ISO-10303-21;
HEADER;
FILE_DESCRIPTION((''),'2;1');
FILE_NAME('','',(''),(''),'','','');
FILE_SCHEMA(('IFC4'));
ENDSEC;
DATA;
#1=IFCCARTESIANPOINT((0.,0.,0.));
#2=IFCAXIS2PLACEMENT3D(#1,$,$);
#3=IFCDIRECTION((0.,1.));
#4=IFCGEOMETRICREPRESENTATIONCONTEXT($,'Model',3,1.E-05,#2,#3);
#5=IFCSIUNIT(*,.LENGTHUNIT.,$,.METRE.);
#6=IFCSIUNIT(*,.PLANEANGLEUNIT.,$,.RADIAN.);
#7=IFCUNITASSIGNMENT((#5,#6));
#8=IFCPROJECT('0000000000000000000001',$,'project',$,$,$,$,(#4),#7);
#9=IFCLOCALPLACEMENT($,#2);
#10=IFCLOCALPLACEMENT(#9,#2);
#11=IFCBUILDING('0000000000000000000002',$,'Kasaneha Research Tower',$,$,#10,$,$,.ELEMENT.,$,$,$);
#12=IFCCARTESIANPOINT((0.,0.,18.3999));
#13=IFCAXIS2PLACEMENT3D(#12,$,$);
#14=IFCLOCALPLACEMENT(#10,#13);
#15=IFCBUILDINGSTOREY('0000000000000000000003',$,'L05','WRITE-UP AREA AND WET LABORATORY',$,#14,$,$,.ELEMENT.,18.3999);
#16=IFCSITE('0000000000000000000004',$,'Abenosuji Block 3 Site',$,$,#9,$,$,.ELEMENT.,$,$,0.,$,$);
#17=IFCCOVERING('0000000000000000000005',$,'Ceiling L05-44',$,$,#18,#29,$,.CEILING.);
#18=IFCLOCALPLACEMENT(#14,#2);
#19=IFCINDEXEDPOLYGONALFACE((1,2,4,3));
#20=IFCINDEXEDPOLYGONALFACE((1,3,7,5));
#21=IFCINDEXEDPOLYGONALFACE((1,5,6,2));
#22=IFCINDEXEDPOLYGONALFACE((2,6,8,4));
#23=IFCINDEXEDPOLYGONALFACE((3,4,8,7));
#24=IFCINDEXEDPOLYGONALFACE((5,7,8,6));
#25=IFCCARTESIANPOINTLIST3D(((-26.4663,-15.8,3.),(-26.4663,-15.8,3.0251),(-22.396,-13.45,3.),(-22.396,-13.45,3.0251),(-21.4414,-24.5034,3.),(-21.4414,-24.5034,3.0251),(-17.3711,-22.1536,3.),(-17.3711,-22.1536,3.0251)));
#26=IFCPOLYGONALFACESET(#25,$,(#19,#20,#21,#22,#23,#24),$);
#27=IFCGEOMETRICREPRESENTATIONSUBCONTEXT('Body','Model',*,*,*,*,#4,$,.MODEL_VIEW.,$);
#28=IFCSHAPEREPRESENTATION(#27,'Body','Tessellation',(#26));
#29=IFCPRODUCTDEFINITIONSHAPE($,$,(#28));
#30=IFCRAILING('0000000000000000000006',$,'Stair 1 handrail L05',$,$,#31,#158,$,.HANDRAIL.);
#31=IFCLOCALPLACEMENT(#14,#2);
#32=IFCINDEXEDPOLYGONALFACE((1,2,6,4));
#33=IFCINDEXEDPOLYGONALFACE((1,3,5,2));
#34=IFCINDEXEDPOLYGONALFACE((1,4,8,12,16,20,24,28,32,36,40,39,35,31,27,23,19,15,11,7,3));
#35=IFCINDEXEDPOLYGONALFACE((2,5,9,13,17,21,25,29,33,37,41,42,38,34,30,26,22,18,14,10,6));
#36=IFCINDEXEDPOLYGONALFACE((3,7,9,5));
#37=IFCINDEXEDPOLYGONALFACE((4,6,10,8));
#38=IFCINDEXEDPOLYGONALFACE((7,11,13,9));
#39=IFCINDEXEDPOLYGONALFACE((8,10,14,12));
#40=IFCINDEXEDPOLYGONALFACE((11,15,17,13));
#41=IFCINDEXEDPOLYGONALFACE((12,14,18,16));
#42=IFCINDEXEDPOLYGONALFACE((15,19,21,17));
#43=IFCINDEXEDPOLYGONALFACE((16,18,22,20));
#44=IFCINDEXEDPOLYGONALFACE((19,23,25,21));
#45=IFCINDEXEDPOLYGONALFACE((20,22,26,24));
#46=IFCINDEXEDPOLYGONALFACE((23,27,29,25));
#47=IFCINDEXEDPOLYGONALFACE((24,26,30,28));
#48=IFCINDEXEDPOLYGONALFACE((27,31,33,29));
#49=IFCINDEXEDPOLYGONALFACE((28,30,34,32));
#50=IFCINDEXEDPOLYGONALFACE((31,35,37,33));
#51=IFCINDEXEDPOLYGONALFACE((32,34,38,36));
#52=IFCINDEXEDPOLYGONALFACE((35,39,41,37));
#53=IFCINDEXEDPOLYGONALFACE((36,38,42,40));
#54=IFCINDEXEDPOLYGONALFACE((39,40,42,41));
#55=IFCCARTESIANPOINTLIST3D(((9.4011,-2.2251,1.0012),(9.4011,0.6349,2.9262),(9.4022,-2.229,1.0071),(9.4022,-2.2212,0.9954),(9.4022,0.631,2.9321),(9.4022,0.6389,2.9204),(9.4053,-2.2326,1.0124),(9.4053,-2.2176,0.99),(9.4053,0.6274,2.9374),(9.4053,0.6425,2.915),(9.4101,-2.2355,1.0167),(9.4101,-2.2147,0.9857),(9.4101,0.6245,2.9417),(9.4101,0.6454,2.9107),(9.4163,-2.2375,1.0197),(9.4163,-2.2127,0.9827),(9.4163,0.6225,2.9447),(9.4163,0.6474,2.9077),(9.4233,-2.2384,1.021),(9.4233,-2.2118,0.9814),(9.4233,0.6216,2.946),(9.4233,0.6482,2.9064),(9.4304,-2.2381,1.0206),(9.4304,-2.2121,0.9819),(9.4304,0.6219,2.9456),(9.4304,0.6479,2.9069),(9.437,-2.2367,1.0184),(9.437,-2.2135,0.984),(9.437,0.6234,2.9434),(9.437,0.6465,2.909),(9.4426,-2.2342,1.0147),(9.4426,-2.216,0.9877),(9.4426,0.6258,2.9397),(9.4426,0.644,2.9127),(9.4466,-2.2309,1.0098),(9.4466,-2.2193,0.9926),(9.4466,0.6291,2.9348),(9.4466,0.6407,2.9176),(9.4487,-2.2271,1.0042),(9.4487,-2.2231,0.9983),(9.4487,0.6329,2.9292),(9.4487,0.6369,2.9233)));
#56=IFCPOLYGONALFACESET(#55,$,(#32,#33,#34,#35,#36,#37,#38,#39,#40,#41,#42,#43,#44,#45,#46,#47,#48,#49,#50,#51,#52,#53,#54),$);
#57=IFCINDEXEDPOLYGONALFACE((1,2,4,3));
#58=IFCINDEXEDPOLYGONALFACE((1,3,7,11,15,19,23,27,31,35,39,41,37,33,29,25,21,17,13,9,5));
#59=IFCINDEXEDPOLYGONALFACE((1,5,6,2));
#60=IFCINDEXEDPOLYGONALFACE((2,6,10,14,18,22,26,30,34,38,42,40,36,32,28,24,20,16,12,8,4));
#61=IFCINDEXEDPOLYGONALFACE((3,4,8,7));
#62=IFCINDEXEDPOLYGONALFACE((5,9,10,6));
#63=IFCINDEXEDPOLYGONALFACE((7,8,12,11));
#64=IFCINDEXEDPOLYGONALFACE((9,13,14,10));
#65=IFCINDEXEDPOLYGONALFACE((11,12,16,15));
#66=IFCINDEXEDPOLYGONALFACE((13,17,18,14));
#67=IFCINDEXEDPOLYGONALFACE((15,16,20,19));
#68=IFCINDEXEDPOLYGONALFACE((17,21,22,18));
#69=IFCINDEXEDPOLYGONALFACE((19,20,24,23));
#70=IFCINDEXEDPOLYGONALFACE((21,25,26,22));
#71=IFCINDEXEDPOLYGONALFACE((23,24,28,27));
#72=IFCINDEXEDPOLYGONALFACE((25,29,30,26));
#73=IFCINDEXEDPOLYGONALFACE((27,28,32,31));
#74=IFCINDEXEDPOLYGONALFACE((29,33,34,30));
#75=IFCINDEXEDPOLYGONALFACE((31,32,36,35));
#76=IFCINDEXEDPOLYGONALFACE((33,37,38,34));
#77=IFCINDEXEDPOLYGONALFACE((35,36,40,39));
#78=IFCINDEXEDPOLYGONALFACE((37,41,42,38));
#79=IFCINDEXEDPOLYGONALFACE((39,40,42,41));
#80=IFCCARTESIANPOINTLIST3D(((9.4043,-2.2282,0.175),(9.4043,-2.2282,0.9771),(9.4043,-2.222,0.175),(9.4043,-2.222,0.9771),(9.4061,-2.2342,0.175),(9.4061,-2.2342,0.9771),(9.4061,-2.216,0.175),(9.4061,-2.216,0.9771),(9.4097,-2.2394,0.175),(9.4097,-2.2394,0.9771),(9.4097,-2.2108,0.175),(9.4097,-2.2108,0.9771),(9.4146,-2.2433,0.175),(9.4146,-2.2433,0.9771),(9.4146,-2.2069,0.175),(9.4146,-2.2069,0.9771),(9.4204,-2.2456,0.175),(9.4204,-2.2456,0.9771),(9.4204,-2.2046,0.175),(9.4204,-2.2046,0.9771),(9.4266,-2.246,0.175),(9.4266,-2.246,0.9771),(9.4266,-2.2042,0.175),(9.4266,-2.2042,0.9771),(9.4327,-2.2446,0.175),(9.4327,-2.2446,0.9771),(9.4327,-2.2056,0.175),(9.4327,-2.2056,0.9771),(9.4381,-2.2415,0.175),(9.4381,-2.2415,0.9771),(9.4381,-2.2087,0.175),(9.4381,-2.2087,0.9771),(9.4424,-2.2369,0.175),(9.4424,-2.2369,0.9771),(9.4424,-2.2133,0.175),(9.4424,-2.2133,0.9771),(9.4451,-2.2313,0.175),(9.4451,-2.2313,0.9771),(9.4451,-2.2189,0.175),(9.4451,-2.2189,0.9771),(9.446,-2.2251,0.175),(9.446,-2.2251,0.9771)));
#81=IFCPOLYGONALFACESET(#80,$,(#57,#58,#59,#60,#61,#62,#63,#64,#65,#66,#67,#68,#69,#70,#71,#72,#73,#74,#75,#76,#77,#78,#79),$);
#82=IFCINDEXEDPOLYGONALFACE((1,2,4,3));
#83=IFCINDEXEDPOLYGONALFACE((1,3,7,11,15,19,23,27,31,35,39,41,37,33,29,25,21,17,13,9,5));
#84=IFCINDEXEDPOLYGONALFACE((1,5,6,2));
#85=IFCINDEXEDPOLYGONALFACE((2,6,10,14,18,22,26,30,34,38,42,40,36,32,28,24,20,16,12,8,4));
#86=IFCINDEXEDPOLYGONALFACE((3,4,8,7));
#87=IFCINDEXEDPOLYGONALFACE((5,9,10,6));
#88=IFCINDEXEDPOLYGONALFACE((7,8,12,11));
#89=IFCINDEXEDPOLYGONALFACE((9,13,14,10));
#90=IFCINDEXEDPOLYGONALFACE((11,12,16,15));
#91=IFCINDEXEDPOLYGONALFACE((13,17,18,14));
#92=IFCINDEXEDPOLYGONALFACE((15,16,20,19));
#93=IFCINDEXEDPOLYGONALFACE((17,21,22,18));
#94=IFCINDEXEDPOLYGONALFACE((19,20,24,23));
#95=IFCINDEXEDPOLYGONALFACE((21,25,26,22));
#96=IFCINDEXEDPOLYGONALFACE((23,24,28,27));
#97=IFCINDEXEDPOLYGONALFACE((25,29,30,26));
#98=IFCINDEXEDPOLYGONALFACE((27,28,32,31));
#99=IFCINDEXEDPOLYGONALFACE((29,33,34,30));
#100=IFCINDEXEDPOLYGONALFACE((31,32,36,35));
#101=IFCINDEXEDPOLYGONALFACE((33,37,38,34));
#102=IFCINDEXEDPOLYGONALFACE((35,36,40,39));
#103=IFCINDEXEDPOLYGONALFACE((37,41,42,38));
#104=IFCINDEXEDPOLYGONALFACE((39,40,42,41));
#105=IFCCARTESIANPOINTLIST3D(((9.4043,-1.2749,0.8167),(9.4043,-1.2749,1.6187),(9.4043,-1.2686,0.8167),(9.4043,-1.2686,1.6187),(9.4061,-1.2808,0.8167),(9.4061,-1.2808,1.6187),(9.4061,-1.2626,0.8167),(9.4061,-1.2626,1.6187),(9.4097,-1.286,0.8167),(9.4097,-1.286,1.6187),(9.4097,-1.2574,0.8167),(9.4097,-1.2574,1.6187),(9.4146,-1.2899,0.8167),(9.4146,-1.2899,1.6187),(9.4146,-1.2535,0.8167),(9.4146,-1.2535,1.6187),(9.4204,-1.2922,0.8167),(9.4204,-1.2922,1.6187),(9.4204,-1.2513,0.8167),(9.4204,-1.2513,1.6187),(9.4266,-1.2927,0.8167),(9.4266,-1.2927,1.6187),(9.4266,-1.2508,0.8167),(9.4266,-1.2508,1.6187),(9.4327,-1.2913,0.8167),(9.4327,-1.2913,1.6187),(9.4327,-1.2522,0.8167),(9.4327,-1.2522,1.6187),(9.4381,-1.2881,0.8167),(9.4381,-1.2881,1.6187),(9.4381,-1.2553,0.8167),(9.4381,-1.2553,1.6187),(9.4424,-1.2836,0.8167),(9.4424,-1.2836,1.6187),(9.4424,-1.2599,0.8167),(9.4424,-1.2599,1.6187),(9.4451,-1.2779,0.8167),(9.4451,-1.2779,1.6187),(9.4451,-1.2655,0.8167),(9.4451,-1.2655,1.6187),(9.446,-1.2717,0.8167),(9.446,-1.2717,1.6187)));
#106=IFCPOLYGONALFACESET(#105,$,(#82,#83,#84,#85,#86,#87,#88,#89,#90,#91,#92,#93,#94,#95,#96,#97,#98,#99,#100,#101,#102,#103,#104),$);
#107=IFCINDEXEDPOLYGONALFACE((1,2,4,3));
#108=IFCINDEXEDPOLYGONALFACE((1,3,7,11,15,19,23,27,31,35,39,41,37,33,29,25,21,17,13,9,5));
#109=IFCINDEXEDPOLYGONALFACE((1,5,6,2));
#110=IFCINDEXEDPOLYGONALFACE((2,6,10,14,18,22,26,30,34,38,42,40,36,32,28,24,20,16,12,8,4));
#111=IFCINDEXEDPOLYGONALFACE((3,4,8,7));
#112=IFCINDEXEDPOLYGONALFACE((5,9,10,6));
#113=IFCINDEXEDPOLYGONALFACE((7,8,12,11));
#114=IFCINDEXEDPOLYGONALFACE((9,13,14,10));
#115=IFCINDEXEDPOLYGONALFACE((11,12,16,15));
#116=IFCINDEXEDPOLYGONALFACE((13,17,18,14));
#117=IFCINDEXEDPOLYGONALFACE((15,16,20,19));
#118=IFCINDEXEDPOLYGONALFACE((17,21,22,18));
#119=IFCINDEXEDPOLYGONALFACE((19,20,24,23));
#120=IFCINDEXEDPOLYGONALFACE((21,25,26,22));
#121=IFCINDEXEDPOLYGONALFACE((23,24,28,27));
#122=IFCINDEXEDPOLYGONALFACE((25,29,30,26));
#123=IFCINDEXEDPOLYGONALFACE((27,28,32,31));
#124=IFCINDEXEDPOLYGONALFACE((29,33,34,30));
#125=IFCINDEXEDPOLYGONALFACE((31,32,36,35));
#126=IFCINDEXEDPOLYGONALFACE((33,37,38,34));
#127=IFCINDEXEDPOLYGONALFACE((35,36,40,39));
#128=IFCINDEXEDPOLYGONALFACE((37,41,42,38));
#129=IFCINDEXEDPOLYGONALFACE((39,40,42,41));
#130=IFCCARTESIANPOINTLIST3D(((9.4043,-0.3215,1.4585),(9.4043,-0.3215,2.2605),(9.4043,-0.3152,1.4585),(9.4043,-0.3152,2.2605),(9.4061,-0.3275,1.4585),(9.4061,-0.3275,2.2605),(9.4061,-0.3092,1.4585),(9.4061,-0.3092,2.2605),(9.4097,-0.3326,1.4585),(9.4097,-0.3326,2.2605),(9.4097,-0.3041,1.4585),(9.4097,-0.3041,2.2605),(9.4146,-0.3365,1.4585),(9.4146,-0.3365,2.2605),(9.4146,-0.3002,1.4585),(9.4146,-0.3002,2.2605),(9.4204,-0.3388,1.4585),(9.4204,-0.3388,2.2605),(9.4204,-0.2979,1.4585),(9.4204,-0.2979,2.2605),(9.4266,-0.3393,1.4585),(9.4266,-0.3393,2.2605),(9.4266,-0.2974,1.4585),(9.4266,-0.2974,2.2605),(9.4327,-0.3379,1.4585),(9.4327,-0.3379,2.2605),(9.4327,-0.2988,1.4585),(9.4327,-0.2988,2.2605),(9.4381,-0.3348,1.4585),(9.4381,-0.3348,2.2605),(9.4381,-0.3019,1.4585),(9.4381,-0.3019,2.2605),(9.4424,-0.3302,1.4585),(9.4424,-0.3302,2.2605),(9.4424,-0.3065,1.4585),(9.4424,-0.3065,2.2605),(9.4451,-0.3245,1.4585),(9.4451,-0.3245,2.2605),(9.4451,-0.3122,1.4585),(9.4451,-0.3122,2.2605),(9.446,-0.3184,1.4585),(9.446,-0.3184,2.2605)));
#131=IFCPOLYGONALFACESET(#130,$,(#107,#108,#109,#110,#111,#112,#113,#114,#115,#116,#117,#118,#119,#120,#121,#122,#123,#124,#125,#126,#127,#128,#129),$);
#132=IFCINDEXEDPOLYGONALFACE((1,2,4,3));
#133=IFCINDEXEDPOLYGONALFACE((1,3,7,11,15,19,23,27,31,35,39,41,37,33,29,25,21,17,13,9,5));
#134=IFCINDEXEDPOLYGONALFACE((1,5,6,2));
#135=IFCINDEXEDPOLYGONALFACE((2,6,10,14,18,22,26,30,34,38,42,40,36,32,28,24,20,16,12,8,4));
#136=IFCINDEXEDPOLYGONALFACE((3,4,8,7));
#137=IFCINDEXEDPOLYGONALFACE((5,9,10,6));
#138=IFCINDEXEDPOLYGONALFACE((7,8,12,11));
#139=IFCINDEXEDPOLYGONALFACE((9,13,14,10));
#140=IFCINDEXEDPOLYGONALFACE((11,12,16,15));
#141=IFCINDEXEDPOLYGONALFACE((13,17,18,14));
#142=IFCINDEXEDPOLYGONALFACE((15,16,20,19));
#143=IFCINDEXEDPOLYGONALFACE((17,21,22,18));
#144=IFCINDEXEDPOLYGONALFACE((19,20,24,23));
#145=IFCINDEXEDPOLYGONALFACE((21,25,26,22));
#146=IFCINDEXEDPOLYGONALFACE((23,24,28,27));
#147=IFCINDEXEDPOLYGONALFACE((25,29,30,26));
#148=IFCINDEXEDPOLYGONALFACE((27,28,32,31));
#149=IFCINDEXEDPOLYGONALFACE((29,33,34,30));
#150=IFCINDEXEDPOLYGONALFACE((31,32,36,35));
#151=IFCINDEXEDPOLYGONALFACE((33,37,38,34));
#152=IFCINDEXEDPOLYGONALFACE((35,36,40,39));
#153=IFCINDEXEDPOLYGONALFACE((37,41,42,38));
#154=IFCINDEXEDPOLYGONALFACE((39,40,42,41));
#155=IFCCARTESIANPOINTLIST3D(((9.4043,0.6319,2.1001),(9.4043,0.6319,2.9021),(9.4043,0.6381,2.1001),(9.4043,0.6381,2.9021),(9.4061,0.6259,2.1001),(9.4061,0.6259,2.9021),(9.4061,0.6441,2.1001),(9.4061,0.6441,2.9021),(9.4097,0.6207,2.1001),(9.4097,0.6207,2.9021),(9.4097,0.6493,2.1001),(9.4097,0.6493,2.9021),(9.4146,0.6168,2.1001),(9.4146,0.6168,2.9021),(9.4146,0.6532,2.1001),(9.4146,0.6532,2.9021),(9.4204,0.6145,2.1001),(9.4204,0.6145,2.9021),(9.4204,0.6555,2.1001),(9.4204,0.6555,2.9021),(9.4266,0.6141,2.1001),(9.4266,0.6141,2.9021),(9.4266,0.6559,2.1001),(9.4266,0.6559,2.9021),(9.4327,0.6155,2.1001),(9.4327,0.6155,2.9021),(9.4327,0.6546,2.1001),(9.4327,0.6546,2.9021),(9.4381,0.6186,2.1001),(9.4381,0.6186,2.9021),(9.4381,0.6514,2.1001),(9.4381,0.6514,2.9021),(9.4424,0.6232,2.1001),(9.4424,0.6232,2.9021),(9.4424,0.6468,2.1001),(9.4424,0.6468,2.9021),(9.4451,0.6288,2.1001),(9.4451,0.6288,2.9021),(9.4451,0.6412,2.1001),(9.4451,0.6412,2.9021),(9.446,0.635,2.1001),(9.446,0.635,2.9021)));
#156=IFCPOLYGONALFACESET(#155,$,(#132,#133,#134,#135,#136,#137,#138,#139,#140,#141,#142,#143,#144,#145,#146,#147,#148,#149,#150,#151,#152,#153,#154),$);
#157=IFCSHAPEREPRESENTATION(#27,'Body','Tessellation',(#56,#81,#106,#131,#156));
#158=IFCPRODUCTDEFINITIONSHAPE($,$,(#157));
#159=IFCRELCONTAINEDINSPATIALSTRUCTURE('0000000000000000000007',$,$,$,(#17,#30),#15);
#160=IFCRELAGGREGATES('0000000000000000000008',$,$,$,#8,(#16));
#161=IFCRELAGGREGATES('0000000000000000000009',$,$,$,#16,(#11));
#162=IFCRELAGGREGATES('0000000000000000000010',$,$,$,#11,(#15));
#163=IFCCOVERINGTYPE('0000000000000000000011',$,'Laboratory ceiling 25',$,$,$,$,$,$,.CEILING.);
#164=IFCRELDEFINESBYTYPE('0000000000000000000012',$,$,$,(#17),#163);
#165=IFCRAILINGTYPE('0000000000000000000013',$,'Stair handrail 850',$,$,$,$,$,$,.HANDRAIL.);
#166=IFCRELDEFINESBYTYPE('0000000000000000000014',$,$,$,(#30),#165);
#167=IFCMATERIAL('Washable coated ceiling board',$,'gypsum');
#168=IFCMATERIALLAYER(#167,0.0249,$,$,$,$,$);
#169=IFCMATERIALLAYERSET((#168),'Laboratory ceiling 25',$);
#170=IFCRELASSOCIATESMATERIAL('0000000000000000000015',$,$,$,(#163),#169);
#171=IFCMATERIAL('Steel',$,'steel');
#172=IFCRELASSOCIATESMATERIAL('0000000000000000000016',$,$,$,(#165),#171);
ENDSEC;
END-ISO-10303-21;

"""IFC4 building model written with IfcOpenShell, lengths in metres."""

from ifc_helpers import new_model, si_unit, direction, frame, origin, origin_2d, place, context, subcontext, project, spatial, polyline, circle, outline, extrude, material, layer, layer_set, type_object, element, save


model = new_model("IFC4")

# Units and contexts
model_context = context("Model", 3, precision=1e-05, world=origin(), true_north=direction((0.0, 1.0)))
body_context = subcontext(model_context, "Body", "Model", "MODEL_VIEW")
ifc_project = project(units=[si_unit("LENGTHUNIT", "METRE"), si_unit("PLANEANGLEUNIT", "RADIAN")], contexts=[model_context])

# Site, building, storey
site_placement = place(None, origin())
site = spatial("IfcSite", under=ifc_project, at=site_placement, Name="Abenosuji Block 3 Site", CompositionType="ELEMENT", RefElevation=0.0)
building_placement = place(site_placement, origin())
building = spatial("IfcBuilding", under=site, at=building_placement, Name="Kasaneha Research Tower", CompositionType="ELEMENT")
storey_placement = place(building_placement, frame((0.0, 0.0, 18.3999)))
storey = spatial("IfcBuildingStorey", under=building, at=storey_placement, Name="L05", Description="WRITE-UP AREA AND WET LABORATORY", CompositionType="ELEMENT", Elevation=18.3999)

# Covering
ifc_material_1 = material(Name="Washable coated ceiling board", Category="gypsum")
ifc_layer_1 = layer(ifc_material_1, 0.0249)
ifc_layer_set_1 = layer_set([ifc_layer_1], Name="Laboratory ceiling 25")
covering_type = type_object("IfcCoveringType", Name="Laboratory ceiling 25", PredefinedType="CEILING", material=ifc_layer_set_1)
covering_1_placement = place(storey_placement, frame((0.0, 0.0, 3.0)))
element("IfcCovering", 1, at=covering_1_placement, inside=storey, type_object=covering_type, Name="Ceiling L05-44", PredefinedType="CEILING", context=body_context, shape_type="SweptSolid", body=[
    extrude(outline(polyline([(-21.4414, -24.5034), (-26.4663, -15.8), (-22.396, -13.45), (-17.3711, -22.1536), (-21.4414, -24.5034)])), origin(), (0.0, 0.0, 1.0), 0.0251),
])

# Railing
ifc_material_2 = material(Name="Steel", Category="steel")
railing_type = type_object("IfcRailingType", Name="Stair handrail 850", PredefinedType="HANDRAIL", material=ifc_material_2)
railing_placement = place(storey_placement, frame((9.425, -2.2251, 0.175)))
element("IfcRailing", 2, at=railing_placement, inside=storey, type_object=railing_type, Name="Stair 1 handrail L05", PredefinedType="HANDRAIL", context=body_context, shape_type="SweptSolid", body=[
    extrude(circle(Radius=0.0239, at=origin_2d()), frame((0.0, 0.0, 0.8262), z_axis=(0.0, 0.829591, 0.558372), x_axis=(-1.0, 0.0, 0.0)), (0.0, 0.0, 1.0), 3.4475),
    extrude(circle(Radius=0.021, at=origin_2d()), origin(), (0.0, 0.0, 1.0), 0.802),
    extrude(circle(Radius=0.021, at=origin_2d()), frame((0.0, 0.9534, 0.6416)), (0.0, 0.0, 1.0), 0.802),
    extrude(circle(Radius=0.021, at=origin_2d()), frame((0.0, 1.9067, 1.2834)), (0.0, 0.0, 1.0), 0.802),
    extrude(circle(Radius=0.021, at=origin_2d()), frame((0.0, 2.8601, 1.925)), (0.0, 0.0, 1.0), 0.802),
])

save(model, "model.ifc")
